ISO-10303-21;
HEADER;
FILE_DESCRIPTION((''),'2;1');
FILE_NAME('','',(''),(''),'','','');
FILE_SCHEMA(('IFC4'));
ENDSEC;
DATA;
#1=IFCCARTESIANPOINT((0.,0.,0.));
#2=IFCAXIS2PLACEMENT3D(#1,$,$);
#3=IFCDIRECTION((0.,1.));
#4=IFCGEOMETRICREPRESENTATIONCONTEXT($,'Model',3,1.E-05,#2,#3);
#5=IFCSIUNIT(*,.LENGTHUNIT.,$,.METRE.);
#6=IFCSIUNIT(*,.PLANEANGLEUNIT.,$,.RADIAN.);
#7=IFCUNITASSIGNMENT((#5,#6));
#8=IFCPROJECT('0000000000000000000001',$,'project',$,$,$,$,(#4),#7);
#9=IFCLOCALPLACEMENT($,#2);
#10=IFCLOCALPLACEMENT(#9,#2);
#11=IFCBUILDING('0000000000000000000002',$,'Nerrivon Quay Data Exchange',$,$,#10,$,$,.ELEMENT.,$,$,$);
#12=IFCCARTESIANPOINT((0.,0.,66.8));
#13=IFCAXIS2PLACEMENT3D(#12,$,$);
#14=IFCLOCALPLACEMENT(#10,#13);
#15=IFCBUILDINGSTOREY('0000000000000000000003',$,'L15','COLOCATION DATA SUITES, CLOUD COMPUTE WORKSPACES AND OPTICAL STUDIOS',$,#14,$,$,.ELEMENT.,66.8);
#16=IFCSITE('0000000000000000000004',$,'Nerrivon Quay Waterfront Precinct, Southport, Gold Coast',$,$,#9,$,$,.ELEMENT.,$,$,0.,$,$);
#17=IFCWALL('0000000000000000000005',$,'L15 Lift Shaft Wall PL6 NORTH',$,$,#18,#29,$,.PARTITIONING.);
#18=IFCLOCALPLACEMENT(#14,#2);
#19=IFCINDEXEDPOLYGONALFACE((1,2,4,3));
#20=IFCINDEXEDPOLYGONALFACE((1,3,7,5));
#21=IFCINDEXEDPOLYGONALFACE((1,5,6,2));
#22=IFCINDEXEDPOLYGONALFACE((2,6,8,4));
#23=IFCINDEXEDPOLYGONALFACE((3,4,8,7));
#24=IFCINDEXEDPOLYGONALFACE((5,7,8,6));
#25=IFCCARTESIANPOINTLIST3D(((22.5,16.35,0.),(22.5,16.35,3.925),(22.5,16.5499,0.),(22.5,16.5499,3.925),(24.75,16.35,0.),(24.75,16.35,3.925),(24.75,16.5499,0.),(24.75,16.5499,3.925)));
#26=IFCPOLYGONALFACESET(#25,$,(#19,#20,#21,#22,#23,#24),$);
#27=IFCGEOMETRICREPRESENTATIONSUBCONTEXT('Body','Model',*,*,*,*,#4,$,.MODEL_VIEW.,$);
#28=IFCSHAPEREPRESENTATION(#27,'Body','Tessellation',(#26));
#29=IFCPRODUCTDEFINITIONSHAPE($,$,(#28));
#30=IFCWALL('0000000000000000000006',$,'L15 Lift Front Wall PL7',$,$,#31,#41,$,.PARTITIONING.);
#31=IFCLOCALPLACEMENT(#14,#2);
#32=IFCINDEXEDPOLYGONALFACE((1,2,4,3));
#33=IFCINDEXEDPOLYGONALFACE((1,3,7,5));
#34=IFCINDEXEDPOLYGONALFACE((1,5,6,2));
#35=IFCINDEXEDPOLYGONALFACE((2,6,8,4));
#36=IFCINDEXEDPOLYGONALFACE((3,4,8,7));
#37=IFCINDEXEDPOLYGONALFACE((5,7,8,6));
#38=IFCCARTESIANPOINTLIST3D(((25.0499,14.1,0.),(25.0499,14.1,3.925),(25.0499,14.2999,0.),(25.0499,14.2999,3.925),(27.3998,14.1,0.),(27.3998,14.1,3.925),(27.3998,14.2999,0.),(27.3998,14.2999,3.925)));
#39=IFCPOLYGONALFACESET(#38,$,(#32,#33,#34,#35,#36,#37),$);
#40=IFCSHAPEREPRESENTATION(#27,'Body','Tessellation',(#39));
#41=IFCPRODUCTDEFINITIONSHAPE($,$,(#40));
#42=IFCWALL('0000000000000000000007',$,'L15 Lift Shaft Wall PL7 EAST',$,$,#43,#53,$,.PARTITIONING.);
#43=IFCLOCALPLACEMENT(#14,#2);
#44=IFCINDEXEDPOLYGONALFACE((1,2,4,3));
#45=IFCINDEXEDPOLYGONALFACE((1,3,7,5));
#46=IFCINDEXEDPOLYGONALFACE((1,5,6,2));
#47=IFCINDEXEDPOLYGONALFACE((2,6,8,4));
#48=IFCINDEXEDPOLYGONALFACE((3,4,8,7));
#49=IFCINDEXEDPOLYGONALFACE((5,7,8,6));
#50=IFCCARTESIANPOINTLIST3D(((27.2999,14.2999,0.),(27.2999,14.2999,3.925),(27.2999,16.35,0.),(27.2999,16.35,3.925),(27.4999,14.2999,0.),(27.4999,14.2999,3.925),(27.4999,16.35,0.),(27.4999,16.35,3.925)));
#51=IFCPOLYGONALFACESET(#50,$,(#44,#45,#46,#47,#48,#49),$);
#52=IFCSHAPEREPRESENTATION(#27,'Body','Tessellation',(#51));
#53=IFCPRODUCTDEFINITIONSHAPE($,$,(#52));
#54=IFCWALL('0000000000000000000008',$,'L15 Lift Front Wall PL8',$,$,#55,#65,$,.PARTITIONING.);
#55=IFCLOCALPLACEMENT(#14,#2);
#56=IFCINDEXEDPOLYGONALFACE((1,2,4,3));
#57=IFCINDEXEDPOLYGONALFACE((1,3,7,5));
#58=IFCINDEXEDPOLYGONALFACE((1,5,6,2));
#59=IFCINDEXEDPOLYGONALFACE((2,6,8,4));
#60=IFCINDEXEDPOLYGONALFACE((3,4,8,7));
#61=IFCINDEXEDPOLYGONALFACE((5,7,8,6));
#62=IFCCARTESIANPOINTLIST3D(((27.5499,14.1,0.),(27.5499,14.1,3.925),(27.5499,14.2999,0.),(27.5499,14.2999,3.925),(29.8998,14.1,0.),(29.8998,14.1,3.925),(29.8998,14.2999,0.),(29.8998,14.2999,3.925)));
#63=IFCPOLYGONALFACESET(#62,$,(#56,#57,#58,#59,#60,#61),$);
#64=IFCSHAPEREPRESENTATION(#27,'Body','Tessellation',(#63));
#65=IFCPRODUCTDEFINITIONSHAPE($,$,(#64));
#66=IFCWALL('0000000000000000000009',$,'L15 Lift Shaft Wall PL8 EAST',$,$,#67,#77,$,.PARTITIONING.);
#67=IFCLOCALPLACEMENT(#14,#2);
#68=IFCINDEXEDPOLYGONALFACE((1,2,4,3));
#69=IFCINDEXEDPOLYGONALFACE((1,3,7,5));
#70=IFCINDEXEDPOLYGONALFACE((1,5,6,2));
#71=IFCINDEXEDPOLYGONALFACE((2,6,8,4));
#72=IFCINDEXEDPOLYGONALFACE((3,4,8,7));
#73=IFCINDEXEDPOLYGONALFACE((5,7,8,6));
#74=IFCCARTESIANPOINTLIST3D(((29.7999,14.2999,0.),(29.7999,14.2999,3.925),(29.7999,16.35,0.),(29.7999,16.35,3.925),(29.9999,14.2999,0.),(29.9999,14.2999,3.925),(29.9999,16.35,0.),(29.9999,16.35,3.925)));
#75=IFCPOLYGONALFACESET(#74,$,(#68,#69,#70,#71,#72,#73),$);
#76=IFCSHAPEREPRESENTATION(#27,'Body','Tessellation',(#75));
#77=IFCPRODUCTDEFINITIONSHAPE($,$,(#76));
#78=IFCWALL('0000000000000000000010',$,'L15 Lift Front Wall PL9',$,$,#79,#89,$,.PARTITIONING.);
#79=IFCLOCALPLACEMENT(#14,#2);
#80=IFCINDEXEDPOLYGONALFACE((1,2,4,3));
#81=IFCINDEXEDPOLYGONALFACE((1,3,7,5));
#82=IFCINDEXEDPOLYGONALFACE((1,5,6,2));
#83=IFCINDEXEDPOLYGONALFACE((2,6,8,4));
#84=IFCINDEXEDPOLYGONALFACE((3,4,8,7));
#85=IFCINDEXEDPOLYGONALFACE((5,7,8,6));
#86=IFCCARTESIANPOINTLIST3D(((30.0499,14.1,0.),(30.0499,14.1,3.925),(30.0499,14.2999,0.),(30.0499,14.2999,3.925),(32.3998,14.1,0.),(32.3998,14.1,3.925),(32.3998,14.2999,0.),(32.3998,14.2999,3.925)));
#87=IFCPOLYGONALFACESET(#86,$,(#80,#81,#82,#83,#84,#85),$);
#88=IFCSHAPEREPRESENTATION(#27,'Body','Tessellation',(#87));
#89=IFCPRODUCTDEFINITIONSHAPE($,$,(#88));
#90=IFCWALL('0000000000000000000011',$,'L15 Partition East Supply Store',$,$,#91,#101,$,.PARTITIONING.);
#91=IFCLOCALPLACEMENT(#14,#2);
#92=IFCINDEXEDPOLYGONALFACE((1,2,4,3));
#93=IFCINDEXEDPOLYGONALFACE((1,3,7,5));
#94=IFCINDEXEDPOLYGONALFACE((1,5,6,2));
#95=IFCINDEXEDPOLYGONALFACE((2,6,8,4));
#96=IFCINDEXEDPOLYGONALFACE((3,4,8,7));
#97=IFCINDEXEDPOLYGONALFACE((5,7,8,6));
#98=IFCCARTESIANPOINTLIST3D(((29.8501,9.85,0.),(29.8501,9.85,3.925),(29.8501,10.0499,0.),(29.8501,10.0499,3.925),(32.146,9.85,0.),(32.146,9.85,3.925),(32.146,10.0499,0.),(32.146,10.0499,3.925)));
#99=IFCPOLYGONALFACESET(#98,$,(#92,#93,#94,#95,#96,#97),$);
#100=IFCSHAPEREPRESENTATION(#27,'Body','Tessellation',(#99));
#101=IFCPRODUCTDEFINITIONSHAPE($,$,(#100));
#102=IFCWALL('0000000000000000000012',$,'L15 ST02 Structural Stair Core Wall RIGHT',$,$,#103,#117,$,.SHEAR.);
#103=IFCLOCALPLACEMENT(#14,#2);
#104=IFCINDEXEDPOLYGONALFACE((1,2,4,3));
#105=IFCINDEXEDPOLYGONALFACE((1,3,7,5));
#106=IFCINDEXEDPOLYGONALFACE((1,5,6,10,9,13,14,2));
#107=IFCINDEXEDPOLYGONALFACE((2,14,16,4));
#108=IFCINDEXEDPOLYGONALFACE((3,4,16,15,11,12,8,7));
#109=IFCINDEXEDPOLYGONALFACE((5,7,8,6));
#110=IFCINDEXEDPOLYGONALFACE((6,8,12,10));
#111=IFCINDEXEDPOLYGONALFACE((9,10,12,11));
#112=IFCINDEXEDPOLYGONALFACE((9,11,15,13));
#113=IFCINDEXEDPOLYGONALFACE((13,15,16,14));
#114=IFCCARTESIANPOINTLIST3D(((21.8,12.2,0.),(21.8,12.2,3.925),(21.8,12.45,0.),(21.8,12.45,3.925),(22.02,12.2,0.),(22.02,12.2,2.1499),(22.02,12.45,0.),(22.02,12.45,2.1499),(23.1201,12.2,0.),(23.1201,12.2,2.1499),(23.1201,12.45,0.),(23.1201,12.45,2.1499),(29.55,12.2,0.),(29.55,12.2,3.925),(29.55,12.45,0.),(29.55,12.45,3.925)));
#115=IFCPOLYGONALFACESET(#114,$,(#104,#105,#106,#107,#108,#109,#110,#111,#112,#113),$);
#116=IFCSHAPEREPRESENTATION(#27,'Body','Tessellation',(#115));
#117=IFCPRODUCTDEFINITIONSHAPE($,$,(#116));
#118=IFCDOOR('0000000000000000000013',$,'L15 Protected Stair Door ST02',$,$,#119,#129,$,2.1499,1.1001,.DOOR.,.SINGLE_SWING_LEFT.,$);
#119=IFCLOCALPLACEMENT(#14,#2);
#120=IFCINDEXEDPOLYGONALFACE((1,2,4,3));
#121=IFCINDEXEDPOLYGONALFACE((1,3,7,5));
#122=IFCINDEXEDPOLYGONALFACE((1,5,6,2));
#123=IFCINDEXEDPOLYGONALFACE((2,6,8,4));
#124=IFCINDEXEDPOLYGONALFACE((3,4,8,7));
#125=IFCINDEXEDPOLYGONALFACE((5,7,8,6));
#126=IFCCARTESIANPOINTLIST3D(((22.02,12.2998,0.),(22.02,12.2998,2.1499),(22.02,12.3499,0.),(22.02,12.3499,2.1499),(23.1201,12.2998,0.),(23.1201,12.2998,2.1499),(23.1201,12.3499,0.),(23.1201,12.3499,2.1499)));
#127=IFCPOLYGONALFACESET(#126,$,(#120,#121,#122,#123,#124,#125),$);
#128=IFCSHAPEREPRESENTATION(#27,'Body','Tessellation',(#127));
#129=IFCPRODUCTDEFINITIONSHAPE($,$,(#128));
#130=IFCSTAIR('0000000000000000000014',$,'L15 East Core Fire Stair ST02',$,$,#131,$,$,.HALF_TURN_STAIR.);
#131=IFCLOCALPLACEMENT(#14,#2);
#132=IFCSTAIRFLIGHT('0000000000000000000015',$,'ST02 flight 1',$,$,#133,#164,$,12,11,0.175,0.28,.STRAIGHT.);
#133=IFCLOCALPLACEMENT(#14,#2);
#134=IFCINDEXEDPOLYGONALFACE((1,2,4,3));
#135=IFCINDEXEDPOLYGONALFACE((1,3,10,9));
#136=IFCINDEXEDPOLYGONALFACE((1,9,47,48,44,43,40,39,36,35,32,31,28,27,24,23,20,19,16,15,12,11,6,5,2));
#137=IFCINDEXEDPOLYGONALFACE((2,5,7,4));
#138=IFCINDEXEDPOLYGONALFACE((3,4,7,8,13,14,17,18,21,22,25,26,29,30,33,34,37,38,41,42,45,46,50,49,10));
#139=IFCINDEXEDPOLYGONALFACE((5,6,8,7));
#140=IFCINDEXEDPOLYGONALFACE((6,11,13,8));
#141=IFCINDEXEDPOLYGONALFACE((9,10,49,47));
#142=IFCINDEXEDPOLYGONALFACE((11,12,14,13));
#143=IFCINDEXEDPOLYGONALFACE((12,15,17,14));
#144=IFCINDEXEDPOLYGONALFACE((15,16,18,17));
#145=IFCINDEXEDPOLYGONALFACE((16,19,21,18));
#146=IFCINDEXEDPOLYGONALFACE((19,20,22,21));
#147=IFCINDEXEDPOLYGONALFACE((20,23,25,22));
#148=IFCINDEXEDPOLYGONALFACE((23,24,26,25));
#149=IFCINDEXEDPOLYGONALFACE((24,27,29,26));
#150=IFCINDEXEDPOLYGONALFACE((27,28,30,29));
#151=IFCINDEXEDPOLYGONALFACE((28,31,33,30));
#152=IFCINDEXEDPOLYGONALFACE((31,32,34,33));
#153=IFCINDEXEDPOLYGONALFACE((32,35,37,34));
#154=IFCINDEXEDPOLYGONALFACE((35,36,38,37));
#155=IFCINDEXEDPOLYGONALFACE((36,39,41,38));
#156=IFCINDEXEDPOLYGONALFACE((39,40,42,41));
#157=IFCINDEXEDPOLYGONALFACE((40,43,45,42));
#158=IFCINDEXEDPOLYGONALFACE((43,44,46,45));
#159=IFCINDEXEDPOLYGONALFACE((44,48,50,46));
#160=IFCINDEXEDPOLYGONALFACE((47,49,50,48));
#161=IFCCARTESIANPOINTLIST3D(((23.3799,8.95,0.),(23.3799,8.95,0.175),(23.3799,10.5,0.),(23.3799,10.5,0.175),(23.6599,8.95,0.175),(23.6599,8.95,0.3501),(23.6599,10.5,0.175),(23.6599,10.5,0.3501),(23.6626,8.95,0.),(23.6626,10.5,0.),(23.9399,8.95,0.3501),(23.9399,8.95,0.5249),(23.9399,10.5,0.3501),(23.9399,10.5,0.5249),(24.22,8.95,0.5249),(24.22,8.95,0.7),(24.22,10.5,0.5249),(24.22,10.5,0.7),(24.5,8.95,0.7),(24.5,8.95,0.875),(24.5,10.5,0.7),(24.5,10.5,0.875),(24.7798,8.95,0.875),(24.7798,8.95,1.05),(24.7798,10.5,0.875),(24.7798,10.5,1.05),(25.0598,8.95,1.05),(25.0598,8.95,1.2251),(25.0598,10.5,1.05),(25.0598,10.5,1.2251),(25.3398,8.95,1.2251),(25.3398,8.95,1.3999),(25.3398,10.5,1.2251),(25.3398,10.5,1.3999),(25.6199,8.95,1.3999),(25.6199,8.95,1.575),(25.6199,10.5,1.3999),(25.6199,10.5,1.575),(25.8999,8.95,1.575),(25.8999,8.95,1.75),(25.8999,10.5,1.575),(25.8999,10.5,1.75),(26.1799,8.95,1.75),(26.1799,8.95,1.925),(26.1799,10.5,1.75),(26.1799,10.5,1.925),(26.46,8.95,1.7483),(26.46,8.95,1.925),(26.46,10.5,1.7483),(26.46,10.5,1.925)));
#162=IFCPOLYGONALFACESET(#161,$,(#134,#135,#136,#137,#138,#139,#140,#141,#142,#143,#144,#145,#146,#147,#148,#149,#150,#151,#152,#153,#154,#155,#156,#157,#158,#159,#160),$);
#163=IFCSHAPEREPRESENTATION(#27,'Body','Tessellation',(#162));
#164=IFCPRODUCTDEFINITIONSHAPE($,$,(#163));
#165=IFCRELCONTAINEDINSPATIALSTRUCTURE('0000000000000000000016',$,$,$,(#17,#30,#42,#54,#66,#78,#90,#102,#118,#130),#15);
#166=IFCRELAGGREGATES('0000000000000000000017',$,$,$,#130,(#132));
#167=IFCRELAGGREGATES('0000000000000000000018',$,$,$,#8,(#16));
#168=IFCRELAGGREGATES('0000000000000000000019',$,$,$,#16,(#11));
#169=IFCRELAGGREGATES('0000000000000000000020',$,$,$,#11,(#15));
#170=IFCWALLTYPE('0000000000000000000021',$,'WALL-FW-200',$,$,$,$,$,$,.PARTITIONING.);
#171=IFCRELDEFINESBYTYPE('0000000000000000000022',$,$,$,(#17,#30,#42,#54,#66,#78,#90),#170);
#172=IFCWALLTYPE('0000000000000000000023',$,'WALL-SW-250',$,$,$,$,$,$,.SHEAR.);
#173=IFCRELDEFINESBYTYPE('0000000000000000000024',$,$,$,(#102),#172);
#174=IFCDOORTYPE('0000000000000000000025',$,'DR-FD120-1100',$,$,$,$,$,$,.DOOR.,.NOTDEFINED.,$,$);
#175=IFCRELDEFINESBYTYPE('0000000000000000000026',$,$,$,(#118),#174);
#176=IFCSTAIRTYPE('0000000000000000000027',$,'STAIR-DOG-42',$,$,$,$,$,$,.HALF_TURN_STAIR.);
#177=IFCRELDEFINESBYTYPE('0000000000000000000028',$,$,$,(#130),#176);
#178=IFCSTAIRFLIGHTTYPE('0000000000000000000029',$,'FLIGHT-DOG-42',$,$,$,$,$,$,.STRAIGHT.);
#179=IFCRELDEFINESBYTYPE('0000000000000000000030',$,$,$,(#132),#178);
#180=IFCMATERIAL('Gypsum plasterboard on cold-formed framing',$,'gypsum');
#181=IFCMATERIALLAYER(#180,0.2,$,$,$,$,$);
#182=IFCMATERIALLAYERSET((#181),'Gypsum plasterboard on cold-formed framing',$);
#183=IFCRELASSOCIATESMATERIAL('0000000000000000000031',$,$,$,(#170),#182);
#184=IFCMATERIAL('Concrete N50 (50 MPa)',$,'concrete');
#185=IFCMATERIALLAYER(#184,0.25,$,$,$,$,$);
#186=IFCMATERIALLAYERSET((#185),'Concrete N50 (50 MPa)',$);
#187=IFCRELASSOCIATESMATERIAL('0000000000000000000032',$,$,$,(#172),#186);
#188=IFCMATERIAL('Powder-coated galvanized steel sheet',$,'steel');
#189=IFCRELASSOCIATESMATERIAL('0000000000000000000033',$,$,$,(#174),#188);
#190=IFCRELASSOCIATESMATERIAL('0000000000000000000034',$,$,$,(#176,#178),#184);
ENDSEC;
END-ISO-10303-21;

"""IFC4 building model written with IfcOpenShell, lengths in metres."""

from ifc_helpers import new_model, si_unit, direction, frame, frame_2d, origin, place, context, subcontext, project, spatial, polyline, rectangle, outline, extrude, material, layer, layer_set, type_object, element, fill, aggregate, save


model = new_model("IFC4")

# Units and contexts
model_context = context("Model", 3, precision=1e-05, world=origin(), true_north=direction((0.0, 1.0)))
body_context = subcontext(model_context, "Body", "Model", "MODEL_VIEW")
ifc_project = project(units=[si_unit("LENGTHUNIT", "METRE"), si_unit("PLANEANGLEUNIT", "RADIAN")], contexts=[model_context])

# Site, building, storey
site_placement = place(None, origin())
site = spatial("IfcSite", under=ifc_project, at=site_placement, Name="Nerrivon Quay Waterfront Precinct, Southport, Gold Coast", CompositionType="ELEMENT", RefElevation=0.0)
building_placement = place(site_placement, origin())
building = spatial("IfcBuilding", under=site, at=building_placement, Name="Nerrivon Quay Data Exchange", CompositionType="ELEMENT")
storey_placement = place(building_placement, frame((0.0, 0.0, 66.8)))
storey = spatial("IfcBuildingStorey", under=building, at=storey_placement, Name="L15", Description="COLOCATION DATA SUITES, CLOUD COMPUTE WORKSPACES AND OPTICAL STUDIOS", CompositionType="ELEMENT", Elevation=66.8)

# Shared definitions
ifc_material_1 = material(Name="Gypsum plasterboard on cold-formed framing", Category="gypsum")
ifc_layer_1 = layer(ifc_material_1, 0.2)
ifc_layer_set_1 = layer_set([ifc_layer_1], Name="Gypsum plasterboard on cold-formed framing")
wall_type_1 = type_object("IfcWallType", Name="WALL-FW-200", PredefinedType="PARTITIONING", material=ifc_layer_set_1)

# Shared definitions
ifc_material_2 = material(Name="Powder-coated galvanized steel sheet", Category="steel")

# Walls
wall_1_placement = place(storey_placement, frame((22.5, 16.45, 0.0), z_axis=(0.0, 0.0, 1.0), x_axis=(1.0, 0.0, 0.0)))
element("IfcWall", 1, at=wall_1_placement, inside=storey, type_object=wall_type_1, Name="L15 Lift Shaft Wall PL6 NORTH", PredefinedType="PARTITIONING", context=body_context, shape_type="SweptSolid", body=[
    extrude(rectangle(XDim=2.25, YDim=0.2, at=frame_2d((1.125, 0.0))), origin(), (0.0, 0.0, 1.0), 3.925),
])
wall_2_placement = place(storey_placement, frame((25.05, 14.2, 0.0), z_axis=(0.0, 0.0, 1.0), x_axis=(1.0, 0.0, 0.0)))
element("IfcWall", 2, at=wall_2_placement, inside=storey, type_object=wall_type_1, Name="L15 Lift Front Wall PL7", PredefinedType="PARTITIONING", context=body_context, shape_type="SweptSolid", body=[
    extrude(rectangle(XDim=2.3499, YDim=0.2, at=frame_2d((1.1748, 0.0))), origin(), (0.0, 0.0, 1.0), 3.925),
])
wall_3_placement = place(storey_placement, frame((27.3999, 14.3, 0.0), z_axis=(0.0, 0.0, 1.0), x_axis=(0.0, 1.0, 0.0)))
element("IfcWall", 3, at=wall_3_placement, inside=storey, type_object=wall_type_1, Name="L15 Lift Shaft Wall PL7 EAST", PredefinedType="PARTITIONING", context=body_context, shape_type="SweptSolid", body=[
    extrude(rectangle(XDim=2.05, YDim=0.2, at=frame_2d((1.0249, 0.0))), origin(), (0.0, 0.0, 1.0), 3.925),
])
wall_4_placement = place(storey_placement, frame((27.55, 14.2, 0.0), z_axis=(0.0, 0.0, 1.0), x_axis=(1.0, 0.0, 0.0)))
element("IfcWall", 4, at=wall_4_placement, inside=storey, type_object=wall_type_1, Name="L15 Lift Front Wall PL8", PredefinedType="PARTITIONING", context=body_context, shape_type="SweptSolid", body=[
    extrude(rectangle(XDim=2.3499, YDim=0.2, at=frame_2d((1.1748, 0.0))), origin(), (0.0, 0.0, 1.0), 3.925),
])
wall_5_placement = place(storey_placement, frame((29.8999, 14.3, 0.0), z_axis=(0.0, 0.0, 1.0), x_axis=(0.0, 1.0, 0.0)))
element("IfcWall", 5, at=wall_5_placement, inside=storey, type_object=wall_type_1, Name="L15 Lift Shaft Wall PL8 EAST", PredefinedType="PARTITIONING", context=body_context, shape_type="SweptSolid", body=[
    extrude(rectangle(XDim=2.05, YDim=0.2, at=frame_2d((1.0249, 0.0))), origin(), (0.0, 0.0, 1.0), 3.925),
])
wall_6_placement = place(storey_placement, frame((30.05, 14.2, 0.0), z_axis=(0.0, 0.0, 1.0), x_axis=(1.0, 0.0, 0.0)))
element("IfcWall", 6, at=wall_6_placement, inside=storey, type_object=wall_type_1, Name="L15 Lift Front Wall PL9", PredefinedType="PARTITIONING", context=body_context, shape_type="SweptSolid", body=[
    extrude(rectangle(XDim=2.3499, YDim=0.2, at=frame_2d((1.1748, 0.0))), origin(), (0.0, 0.0, 1.0), 3.925),
])

# Wall
wall_7_placement = place(storey_placement, frame((29.8501, 9.95, 0.0), z_axis=(0.0, 0.0, 1.0), x_axis=(1.0, 0.0, 0.0)))
element("IfcWall", 7, at=wall_7_placement, inside=storey, type_object=wall_type_1, Name="L15 Partition East Supply Store", PredefinedType="PARTITIONING", context=body_context, shape_type="SweptSolid", body=[
    extrude(rectangle(XDim=2.2959, YDim=0.2, at=frame_2d((1.1479, 0.0))), origin(), (0.0, 0.0, 1.0), 3.925),
])

# Wall, opening, door
ifc_material_3 = material(Name="Concrete N50 (50 MPa)", Category="concrete")
ifc_layer_2 = layer(ifc_material_3, 0.25)
ifc_layer_set_2 = layer_set([ifc_layer_2], Name="Concrete N50 (50 MPa)")
wall_type_2 = type_object("IfcWallType", Name="WALL-SW-250", PredefinedType="SHEAR", material=ifc_layer_set_2)
wall_8_placement = place(storey_placement, frame((21.8, 12.325, 0.0), z_axis=(0.0, 0.0, 1.0), x_axis=(1.0, 0.0, 0.0)))
wall_8 = element("IfcWall", 8, at=wall_8_placement, inside=storey, type_object=wall_type_2, Name="L15 ST02 Structural Stair Core Wall RIGHT", PredefinedType="SHEAR", context=body_context, shape_type="SweptSolid", body=[
    extrude(rectangle(XDim=7.75, YDim=0.25, at=frame_2d((3.875, 0.0))), origin(), (0.0, 0.0, 1.0), 3.925),
])
opening_1_placement = place(wall_8_placement, frame((0.22, 0.0, 0.0)))
opening_1 = element("IfcOpeningElement", 9, at=opening_1_placement, cuts=wall_8, PredefinedType="OPENING", context=body_context, shape_type="SweptSolid", body=[
    extrude(rectangle(XDim=1.1001, YDim=2.1499, at=frame_2d((0.55, 1.075))), frame((0.0, 0.135, 0.0), z_axis=(0.0, -1.0, 0.0), x_axis=(1.0, 0.0, 0.0)), (0.0, 0.0, 1.0), 0.27),
])
door_type_1 = type_object("IfcDoorType", Name="DR-FD120-1100", OperationType="NOTDEFINED", PredefinedType="DOOR", material=ifc_material_2)
door_1_placement = place(opening_1_placement, origin())
door_1 = element("IfcDoor", 10, at=door_1_placement, inside=storey, type_object=door_type_1, Name="L15 Protected Stair Door ST02", OperationType="SINGLE_SWING_LEFT", OverallHeight=2.1499, OverallWidth=1.1001, PredefinedType="DOOR", context=body_context, shape_type="SweptSolid", body=[
    extrude(rectangle(XDim=1.1001, YDim=2.1499, at=frame_2d((0.55, 1.075))), frame((0.0, 0.0249, 0.0), z_axis=(0.0, -1.0, 0.0), x_axis=(1.0, 0.0, 0.0)), (0.0, 0.0, 1.0), 0.05),
])
fill(opening_1, door_1)

# Stair, stair flight
stair_type = type_object("IfcStairType", Name="STAIR-DOG-42", PredefinedType="HALF_TURN_STAIR", material=ifc_material_3)
stair_placement = place(storey_placement, origin())
stair = element("IfcStair", 11, at=stair_placement, inside=storey, type_object=stair_type, Name="L15 East Core Fire Stair ST02", PredefinedType="HALF_TURN_STAIR")
stair_flight_type = type_object("IfcStairFlightType", Name="FLIGHT-DOG-42", PredefinedType="STRAIGHT", material=ifc_material_3)
stair_flight_1_placement = place(storey_placement, frame((23.3799, 9.7251, 0.0), z_axis=(0.0, 0.0, 1.0), x_axis=(1.0, 0.0, 0.0)))
stair_flight_1 = element("IfcStairFlight", 12, at=stair_flight_1_placement, type_object=stair_flight_type, Name="ST02 flight 1", NumberOfRisers=12, NumberOfTreads=11, PredefinedType="STRAIGHT", RiserHeight=0.175, TreadLength=0.28, context=body_context, shape_type="SweptSolid", body=[
    extrude(outline(polyline([(0.0, 0.0), (0.0, 0.175), (0.28, 0.175), (0.28, 0.3501), (0.5601, 0.3501), (0.5601, 0.5249), (0.8401, 0.5249), (0.8401, 0.7), (1.1201, 0.7), (1.1201, 0.875), (1.3999, 0.875), (1.3999, 1.05), (1.6799, 1.05), (1.6799, 1.2251), (1.96, 1.2251), (1.96, 1.3999), (2.24, 1.3999), (2.24, 1.575), (2.52, 1.575), (2.52, 1.75), (2.8, 1.75), (2.8, 1.925), (3.0801, 1.925), (3.0801, 2.1001), (3.0801, 1.7483), (0.2827, 0.0), (0.0, 0.0)])), frame((0.0, 0.7749, 0.0), z_axis=(0.0, -1.0, 0.0), x_axis=(1.0, 0.0, 0.0)), (0.0, 0.0, 1.0), 1.55),
])
aggregate(stair, [stair_flight_1])

save(model, "model.ifc")
